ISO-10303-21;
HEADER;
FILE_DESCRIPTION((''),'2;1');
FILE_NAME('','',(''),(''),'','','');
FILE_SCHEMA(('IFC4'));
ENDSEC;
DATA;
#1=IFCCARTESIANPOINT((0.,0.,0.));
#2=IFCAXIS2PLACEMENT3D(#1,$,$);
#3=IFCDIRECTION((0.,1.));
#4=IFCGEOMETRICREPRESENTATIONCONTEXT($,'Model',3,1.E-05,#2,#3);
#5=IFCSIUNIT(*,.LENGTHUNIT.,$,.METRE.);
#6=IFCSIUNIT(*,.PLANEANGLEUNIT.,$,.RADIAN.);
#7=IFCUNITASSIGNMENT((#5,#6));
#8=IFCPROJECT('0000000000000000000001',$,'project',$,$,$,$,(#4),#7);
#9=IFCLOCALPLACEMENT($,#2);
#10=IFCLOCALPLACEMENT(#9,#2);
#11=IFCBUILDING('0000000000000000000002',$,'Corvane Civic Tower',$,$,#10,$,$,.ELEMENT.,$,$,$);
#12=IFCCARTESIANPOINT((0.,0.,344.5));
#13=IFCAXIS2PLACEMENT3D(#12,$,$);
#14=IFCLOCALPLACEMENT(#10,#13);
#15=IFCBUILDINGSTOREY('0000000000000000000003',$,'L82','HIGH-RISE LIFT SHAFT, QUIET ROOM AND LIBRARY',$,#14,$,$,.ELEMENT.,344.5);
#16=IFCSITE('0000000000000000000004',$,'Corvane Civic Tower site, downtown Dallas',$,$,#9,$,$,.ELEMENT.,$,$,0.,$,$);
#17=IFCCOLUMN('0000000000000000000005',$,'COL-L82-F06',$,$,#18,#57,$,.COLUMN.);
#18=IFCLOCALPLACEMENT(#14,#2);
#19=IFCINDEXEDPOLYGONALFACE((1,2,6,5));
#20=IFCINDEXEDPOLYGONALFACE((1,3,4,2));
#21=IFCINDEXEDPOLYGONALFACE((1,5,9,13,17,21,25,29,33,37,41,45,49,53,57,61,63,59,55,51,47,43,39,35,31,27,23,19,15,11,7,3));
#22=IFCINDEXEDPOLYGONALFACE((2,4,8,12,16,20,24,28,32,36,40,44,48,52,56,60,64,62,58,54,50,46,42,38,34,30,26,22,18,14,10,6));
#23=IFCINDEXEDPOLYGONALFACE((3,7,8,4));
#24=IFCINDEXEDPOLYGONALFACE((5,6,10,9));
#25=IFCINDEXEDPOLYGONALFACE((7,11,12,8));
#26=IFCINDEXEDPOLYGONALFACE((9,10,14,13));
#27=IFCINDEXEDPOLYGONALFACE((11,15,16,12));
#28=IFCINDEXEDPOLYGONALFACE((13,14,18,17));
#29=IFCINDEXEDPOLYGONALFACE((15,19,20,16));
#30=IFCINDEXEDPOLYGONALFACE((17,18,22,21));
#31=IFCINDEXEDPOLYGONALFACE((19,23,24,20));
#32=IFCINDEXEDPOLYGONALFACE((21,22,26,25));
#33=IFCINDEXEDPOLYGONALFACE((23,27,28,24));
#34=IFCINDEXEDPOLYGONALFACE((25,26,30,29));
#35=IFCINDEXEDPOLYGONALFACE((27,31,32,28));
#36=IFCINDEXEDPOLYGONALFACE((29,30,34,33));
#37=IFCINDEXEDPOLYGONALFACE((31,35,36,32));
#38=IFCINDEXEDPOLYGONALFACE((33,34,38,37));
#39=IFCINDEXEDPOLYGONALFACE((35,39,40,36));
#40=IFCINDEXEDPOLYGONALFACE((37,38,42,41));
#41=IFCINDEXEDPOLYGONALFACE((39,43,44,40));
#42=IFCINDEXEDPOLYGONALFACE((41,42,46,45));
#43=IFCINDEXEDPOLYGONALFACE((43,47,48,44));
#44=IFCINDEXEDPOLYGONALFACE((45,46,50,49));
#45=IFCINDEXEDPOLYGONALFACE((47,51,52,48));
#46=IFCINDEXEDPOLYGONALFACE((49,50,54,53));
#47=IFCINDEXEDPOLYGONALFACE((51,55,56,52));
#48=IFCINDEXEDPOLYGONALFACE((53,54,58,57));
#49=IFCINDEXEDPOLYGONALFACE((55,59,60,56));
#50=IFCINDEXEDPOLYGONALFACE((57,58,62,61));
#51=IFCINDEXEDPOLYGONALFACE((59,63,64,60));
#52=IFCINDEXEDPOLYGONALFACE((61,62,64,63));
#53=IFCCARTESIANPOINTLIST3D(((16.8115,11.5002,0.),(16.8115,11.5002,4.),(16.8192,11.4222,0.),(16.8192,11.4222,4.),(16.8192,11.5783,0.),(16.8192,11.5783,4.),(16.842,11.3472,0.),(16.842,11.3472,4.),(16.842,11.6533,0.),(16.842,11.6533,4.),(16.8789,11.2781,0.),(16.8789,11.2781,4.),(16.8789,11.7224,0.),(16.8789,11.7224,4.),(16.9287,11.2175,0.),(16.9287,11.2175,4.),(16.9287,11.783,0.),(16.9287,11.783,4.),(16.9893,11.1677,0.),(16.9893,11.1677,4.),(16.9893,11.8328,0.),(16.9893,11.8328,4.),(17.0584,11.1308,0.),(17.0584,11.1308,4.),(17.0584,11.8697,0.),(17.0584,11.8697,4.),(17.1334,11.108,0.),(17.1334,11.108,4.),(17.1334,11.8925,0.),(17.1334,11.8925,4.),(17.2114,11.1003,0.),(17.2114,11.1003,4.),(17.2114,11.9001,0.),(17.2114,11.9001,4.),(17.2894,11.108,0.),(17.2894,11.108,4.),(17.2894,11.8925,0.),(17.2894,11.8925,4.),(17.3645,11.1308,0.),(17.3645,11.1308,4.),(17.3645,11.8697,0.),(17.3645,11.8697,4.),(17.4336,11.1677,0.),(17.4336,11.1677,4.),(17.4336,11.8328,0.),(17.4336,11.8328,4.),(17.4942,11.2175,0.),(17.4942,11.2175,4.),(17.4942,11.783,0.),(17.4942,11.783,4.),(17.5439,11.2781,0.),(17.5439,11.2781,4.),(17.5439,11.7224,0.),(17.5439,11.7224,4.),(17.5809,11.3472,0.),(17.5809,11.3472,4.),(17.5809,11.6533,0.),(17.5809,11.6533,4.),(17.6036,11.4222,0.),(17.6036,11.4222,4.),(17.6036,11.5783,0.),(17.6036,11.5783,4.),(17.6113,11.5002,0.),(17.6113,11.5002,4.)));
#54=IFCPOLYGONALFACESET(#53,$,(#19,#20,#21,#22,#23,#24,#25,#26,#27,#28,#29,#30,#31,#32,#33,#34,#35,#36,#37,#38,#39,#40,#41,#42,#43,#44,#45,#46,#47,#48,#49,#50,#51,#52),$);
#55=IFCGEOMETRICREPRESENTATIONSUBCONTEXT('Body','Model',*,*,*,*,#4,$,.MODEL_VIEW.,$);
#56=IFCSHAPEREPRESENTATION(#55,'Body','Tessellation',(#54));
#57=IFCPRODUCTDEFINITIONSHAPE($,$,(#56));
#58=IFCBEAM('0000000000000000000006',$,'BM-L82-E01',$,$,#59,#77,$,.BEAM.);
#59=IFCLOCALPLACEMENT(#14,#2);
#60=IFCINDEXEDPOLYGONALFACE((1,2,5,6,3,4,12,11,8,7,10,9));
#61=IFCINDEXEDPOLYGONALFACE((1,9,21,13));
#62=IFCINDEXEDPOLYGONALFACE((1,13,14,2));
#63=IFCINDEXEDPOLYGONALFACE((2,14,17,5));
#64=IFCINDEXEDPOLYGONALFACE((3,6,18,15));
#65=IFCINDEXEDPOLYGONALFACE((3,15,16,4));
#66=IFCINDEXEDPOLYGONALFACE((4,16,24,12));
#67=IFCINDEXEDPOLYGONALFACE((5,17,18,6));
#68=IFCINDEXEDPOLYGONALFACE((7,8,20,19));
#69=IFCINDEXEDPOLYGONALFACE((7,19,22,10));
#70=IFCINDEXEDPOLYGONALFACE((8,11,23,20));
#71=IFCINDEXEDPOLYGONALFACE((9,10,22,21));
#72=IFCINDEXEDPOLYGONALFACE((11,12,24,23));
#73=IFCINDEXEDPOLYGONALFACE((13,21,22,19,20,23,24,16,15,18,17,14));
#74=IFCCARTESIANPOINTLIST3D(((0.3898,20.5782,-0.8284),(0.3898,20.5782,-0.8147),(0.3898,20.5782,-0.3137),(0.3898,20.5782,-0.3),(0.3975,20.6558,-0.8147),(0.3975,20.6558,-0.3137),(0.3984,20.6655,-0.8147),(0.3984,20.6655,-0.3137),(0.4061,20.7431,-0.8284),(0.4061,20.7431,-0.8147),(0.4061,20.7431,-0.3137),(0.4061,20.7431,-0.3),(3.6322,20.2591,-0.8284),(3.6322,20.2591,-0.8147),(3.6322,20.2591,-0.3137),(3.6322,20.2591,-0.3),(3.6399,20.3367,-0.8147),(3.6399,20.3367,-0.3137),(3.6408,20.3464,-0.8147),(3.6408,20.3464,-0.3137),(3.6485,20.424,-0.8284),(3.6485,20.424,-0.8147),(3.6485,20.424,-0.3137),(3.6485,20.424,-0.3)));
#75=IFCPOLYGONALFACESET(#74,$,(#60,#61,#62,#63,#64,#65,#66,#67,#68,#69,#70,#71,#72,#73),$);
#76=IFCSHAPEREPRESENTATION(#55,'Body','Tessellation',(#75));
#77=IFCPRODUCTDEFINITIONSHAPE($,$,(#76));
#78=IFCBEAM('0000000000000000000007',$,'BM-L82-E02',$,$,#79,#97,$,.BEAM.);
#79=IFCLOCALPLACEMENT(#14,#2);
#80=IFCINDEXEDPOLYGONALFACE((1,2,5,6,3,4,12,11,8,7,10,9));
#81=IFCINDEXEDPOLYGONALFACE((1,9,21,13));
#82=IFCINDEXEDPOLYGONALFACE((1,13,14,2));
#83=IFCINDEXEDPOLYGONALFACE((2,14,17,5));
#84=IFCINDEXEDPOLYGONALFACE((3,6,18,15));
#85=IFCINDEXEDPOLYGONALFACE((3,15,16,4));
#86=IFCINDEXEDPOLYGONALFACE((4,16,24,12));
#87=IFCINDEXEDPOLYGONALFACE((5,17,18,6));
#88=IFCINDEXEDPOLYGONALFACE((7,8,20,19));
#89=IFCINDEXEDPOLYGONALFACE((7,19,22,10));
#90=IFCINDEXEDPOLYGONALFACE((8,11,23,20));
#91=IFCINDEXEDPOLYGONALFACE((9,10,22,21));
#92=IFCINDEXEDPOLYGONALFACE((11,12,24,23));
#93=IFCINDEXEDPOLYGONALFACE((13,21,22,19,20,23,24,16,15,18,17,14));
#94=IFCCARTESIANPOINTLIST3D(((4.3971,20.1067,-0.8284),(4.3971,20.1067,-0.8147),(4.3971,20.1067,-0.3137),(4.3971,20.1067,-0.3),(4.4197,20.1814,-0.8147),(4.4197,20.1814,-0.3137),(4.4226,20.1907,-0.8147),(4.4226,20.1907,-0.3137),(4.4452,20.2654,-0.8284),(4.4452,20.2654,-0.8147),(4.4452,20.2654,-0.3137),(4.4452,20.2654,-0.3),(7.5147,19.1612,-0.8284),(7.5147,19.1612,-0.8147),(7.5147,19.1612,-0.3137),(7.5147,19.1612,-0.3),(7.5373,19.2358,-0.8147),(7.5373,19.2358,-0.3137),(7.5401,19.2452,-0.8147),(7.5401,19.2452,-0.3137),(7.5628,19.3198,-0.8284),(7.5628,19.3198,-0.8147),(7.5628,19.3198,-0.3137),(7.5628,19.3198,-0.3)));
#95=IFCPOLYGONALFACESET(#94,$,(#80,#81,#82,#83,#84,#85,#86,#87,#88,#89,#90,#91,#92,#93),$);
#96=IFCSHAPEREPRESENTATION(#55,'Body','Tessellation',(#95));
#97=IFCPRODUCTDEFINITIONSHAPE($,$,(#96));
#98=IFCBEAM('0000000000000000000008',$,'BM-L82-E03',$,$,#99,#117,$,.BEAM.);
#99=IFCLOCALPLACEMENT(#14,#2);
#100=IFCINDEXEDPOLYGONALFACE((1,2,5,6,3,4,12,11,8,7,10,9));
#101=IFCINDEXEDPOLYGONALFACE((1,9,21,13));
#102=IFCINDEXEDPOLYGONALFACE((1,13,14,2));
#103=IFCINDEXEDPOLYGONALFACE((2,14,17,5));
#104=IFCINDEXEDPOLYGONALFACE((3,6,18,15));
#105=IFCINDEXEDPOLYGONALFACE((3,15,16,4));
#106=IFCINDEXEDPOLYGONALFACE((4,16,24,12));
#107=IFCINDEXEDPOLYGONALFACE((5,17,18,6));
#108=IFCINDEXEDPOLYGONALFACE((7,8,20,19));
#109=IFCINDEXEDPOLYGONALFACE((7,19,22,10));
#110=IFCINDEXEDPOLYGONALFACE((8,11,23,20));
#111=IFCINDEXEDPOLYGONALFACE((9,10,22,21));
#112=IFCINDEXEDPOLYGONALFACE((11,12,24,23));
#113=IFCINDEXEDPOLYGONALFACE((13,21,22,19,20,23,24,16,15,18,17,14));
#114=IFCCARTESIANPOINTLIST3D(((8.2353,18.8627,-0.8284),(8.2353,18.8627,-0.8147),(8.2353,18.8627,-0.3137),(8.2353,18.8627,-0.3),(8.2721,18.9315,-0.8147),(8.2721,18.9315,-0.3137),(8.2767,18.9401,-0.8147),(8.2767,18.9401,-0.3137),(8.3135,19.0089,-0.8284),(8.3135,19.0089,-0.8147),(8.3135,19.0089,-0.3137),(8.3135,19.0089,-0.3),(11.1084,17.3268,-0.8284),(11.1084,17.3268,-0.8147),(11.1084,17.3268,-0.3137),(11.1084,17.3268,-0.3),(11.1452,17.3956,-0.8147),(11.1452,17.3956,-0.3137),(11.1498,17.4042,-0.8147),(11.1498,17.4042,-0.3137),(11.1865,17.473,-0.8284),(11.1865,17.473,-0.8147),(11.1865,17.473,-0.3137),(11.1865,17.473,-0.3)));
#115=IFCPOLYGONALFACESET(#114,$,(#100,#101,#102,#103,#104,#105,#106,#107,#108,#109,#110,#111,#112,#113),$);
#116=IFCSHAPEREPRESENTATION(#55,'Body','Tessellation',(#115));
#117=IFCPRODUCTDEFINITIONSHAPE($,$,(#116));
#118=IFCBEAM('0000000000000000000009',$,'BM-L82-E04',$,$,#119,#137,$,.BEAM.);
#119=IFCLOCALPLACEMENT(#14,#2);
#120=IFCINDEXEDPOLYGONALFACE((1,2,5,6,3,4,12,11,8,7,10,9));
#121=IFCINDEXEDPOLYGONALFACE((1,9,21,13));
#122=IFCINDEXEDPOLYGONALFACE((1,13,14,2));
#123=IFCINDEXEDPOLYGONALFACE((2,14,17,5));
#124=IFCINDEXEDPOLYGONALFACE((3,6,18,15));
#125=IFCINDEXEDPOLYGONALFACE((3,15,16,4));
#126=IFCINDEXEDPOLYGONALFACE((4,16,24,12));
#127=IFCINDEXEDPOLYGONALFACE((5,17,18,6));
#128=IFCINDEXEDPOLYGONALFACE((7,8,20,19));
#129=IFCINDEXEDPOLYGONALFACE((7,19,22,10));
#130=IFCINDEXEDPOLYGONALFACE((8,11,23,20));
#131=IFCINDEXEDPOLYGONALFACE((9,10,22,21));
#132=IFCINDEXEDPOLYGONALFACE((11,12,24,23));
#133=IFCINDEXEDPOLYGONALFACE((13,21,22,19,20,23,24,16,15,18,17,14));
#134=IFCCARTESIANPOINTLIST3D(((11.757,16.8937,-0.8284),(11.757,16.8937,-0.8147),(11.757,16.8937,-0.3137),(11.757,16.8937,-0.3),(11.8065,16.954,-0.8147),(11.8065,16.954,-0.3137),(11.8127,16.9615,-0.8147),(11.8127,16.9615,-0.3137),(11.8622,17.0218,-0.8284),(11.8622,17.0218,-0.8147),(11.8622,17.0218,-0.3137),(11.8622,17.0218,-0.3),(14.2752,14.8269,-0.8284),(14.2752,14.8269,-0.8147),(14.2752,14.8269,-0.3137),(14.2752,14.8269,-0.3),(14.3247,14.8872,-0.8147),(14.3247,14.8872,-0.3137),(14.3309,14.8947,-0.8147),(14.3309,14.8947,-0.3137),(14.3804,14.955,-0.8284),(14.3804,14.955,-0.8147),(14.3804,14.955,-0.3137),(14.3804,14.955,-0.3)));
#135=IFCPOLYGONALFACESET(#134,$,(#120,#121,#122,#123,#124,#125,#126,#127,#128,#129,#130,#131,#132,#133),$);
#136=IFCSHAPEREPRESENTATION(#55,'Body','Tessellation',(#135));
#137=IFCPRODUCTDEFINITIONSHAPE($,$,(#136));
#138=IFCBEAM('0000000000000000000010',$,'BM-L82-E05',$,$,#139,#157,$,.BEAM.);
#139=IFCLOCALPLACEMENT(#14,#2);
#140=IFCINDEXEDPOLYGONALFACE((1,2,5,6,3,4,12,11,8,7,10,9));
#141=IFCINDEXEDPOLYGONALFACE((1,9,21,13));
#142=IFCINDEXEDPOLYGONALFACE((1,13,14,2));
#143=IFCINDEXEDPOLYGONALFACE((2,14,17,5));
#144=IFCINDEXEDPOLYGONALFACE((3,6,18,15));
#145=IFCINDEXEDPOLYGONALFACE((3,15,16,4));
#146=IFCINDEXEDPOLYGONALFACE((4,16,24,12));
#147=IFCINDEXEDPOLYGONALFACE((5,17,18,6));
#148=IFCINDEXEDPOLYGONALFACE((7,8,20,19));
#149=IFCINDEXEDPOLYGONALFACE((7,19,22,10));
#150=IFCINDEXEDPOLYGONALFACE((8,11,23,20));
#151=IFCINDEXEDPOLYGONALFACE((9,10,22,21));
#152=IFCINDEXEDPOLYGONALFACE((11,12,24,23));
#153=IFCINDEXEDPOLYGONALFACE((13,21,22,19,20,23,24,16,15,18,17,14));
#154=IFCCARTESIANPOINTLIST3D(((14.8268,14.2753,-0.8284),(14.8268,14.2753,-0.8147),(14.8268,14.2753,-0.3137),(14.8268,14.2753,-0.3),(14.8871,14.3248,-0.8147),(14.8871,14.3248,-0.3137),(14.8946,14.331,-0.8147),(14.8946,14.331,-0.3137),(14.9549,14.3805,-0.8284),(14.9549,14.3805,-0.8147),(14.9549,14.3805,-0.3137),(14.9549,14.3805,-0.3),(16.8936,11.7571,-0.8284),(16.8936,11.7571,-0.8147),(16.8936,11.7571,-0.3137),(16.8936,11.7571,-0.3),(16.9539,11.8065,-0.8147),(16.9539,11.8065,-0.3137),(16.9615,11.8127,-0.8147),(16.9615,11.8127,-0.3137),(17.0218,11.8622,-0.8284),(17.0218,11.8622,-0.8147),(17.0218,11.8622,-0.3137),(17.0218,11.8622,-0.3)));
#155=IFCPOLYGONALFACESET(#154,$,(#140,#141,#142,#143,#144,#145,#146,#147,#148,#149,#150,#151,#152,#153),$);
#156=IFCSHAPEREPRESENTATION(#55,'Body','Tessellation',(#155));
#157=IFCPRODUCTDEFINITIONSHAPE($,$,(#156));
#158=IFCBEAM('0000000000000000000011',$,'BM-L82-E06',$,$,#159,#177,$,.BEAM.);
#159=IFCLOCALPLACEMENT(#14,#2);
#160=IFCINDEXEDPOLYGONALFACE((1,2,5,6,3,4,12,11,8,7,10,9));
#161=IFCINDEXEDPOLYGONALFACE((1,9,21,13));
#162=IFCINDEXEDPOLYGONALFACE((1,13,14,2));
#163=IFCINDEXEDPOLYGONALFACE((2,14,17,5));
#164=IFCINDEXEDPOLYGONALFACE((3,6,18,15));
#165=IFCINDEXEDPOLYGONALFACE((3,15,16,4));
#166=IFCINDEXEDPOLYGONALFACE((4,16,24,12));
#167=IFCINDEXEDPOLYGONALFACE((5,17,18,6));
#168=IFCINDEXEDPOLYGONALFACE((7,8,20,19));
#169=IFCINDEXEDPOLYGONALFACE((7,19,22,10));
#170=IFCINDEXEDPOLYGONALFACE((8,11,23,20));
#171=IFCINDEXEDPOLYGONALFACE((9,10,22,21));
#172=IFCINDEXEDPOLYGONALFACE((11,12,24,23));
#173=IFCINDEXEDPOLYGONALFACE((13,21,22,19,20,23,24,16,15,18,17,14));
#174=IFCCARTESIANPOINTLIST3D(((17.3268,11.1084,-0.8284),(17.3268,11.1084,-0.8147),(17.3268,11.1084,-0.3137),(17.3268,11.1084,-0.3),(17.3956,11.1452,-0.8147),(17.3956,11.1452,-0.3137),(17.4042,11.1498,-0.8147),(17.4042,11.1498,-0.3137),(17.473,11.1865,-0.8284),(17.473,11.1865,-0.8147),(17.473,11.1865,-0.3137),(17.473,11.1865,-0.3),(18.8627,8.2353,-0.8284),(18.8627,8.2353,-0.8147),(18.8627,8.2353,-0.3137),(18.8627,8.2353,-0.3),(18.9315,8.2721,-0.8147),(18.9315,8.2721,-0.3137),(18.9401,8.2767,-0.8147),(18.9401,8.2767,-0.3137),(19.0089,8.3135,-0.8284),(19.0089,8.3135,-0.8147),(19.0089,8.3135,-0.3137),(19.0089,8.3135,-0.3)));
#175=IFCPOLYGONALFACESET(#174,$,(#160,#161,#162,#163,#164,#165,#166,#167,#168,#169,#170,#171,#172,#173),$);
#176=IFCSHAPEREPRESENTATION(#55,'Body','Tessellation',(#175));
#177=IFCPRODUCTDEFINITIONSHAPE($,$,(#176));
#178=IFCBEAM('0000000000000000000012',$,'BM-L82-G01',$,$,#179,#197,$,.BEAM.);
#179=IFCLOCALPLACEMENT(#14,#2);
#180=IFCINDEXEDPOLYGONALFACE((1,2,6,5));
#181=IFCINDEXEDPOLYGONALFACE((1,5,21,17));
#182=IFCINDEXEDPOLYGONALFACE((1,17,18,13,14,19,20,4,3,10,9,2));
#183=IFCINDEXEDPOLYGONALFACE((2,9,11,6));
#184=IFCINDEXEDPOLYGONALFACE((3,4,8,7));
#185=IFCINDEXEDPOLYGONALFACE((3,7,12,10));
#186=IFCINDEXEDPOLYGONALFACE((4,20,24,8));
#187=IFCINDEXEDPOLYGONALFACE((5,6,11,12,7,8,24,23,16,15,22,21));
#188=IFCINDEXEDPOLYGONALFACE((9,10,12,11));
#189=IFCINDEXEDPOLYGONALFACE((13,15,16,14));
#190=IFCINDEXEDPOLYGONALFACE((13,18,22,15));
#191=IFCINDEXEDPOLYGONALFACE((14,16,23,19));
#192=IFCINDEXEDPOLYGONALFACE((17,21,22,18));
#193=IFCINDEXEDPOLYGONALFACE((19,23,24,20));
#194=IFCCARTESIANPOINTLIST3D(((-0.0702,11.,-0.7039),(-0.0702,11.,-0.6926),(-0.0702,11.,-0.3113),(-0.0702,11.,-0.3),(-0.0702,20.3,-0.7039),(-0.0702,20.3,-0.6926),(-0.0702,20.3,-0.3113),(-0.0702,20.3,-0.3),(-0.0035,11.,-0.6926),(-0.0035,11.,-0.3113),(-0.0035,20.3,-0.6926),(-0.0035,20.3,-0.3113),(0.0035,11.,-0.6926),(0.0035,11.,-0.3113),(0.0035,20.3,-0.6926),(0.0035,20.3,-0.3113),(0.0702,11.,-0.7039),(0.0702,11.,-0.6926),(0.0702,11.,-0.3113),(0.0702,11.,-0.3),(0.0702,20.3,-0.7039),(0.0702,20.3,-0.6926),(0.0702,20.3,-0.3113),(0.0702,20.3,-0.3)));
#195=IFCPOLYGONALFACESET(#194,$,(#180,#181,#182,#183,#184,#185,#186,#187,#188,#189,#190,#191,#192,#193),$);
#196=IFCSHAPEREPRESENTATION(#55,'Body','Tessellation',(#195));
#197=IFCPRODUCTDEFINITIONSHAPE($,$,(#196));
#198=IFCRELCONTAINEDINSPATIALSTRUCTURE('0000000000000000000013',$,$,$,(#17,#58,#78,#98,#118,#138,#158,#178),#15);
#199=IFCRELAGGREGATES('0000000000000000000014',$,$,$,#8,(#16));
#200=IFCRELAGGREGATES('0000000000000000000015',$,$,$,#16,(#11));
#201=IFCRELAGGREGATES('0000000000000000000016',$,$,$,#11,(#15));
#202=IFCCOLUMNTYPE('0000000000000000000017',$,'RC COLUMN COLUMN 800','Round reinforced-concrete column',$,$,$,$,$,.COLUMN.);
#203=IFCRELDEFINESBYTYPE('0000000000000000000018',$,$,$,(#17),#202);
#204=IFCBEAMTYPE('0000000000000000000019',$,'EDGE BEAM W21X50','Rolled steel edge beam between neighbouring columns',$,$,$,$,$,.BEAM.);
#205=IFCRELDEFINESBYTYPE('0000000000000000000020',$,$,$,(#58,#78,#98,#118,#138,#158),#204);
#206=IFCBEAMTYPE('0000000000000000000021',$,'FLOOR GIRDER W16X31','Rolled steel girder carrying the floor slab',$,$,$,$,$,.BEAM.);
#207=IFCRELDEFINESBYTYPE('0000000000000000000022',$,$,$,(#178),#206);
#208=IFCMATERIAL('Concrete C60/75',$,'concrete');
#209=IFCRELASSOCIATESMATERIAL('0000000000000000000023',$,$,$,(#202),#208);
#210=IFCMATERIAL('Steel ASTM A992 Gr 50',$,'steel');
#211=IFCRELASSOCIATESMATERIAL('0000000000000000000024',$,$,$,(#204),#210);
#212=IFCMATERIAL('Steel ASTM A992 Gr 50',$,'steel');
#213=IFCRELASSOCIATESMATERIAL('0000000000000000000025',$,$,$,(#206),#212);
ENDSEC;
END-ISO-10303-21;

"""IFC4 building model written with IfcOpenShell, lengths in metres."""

from ifc_helpers import new_model, si_unit, direction, frame, origin, origin_2d, place, context, subcontext, project, spatial, circle, i_section, extrude, material, material_profile, profile_set, type_object, element, save


model = new_model("IFC4")

# Units and contexts
model_context = context("Model", 3, precision=1e-05, world=origin(), true_north=direction((0.0, 1.0)))
body_context = subcontext(model_context, "Body", "Model", "MODEL_VIEW")
ifc_project = project(units=[si_unit("LENGTHUNIT", "METRE"), si_unit("PLANEANGLEUNIT", "RADIAN")], contexts=[model_context])

# Site, building, storey
site_placement = place(None, origin())
site = spatial("IfcSite", under=ifc_project, at=site_placement, Name="Corvane Civic Tower site, downtown Dallas", CompositionType="ELEMENT", RefElevation=0.0)
building_placement = place(site_placement, origin())
building = spatial("IfcBuilding", under=site, at=building_placement, Name="Corvane Civic Tower", CompositionType="ELEMENT")
storey_placement = place(building_placement, frame((0.0, 0.0, 344.5)))
storey = spatial("IfcBuildingStorey", under=building, at=storey_placement, Name="L82", Description="HIGH-RISE LIFT SHAFT, QUIET ROOM AND LIBRARY", CompositionType="ELEMENT", Elevation=344.5)

# Column
ifc_material_1 = material(Name="Concrete C60/75", Category="concrete")
ifc_material_profile_1 = material_profile(ifc_material_1, circle(Radius=0.3999, at=origin_2d()), Name="COLUMN 800")
ifc_profile_set_1 = profile_set([ifc_material_profile_1], Name="Concrete C60/75")
column_type = type_object("IfcColumnType", Name="RC COLUMN COLUMN 800", Description="Round reinforced-concrete column", PredefinedType="COLUMN", material=ifc_profile_set_1)
for number, where, z_axis, x_axis, name in (
    (1, (17.2114, 11.5002, 0.0), (0.0, 0.0, 1.0), (1.0, 0.0, 0.0), "COL-L82-F06"),
):
    element("IfcColumn", number, at=place(storey_placement, frame(where, z_axis=z_axis, x_axis=x_axis)), inside=storey, type_object=column_type, Name=name, PredefinedType="COLUMN", context=body_context, shape_type="SweptSolid", body=[
        extrude(circle(Radius=0.3999, at=origin_2d()), origin(), (0.0, 0.0, 1.0), 4.0),
    ])

# Beams
ifc_material_2 = material(Name="Steel ASTM A992 Gr 50", Category="steel")
ifc_material_profile_2 = material_profile(ifc_material_2, i_section(OverallWidth=0.1658, OverallDepth=0.5283, WebThickness=0.0098, FlangeThickness=0.0137, at=origin_2d()), Name="W21X50")
ifc_profile_set_2 = profile_set([ifc_material_profile_2], Name="Steel ASTM A992 Gr 50")
beam_type_1 = type_object("IfcBeamType", Name="EDGE BEAM W21X50", Description="Rolled steel edge beam between neighbouring columns", PredefinedType="BEAM", material=ifc_profile_set_2)
beam_1_placement = place(storey_placement, frame((0.3979, 20.6606, -0.5642), z_axis=(0.995193, -0.097938, 0.0), x_axis=(0.097938, 0.995193, 0.0)))
element("IfcBeam", 2, at=beam_1_placement, inside=storey, type_object=beam_type_1, Name="BM-L82-E01", PredefinedType="BEAM", context=body_context, shape_type="SweptSolid", body=[
    extrude(i_section(OverallWidth=0.1658, OverallDepth=0.5283, WebThickness=0.0098, FlangeThickness=0.0137, at=origin_2d()), origin(), (0.0, 0.0, 1.0), 3.2581),
])
for number, where, z_axis, x_axis, name in (
    (3, (4.4211, 20.186, -0.5642), (0.956956, -0.290234, 0.0), (0.290234, 0.956956, 0.0), "BM-L82-E02"),
    (4, (8.2744, 18.9358, -0.5642), (0.881894, -0.471448, 0.0), (0.471448, 0.881894, 0.0), "BM-L82-E03"),
    (5, (11.8096, 16.9578, -0.5642), (0.772985, -0.634425, 0.0), (0.634425, 0.772985, 0.0), "BM-L82-E04"),
    (6, (14.8909, 14.3279, -0.5642), (0.634425, -0.772985, 0.0), (0.772985, 0.634425, 0.0), "BM-L82-E05"),
    (7, (17.3999, 11.1475, -0.5642), (0.471448, -0.881894, 0.0), (0.881894, 0.471448, 0.0), "BM-L82-E06"),
):
    element("IfcBeam", number, at=place(storey_placement, frame(where, z_axis=z_axis, x_axis=x_axis)), inside=storey, type_object=beam_type_1, Name=name, PredefinedType="BEAM", context=body_context, shape_type="SweptSolid", body=[
        extrude(i_section(OverallWidth=0.1658, OverallDepth=0.5283, WebThickness=0.0098, FlangeThickness=0.0137, at=origin_2d()), origin(), (0.0, 0.0, 1.0), 3.2578),
    ])
ifc_material_3 = material(Name="Steel ASTM A992 Gr 50", Category="steel")
ifc_material_profile_3 = material_profile(ifc_material_3, i_section(OverallWidth=0.1404, OverallDepth=0.4038, WebThickness=0.0071, FlangeThickness=0.0112, at=origin_2d()), Name="W16X31")
ifc_profile_set_3 = profile_set([ifc_material_profile_3], Name="Steel ASTM A992 Gr 50")
beam_type_2 = type_object("IfcBeamType", Name="FLOOR GIRDER W16X31", Description="Rolled steel girder carrying the floor slab", PredefinedType="BEAM", material=ifc_profile_set_3)
beam_2_placement = place(storey_placement, frame((0.0, 11.0, -0.502), z_axis=(0.0, 1.0, 0.0), x_axis=(-1.0, 0.0, 0.0)))
element("IfcBeam", 8, at=beam_2_placement, inside=storey, type_object=beam_type_2, Name="BM-L82-G01", PredefinedType="BEAM", context=body_context, shape_type="SweptSolid", body=[
    extrude(i_section(OverallWidth=0.1404, OverallDepth=0.4038, WebThickness=0.0071, FlangeThickness=0.0112, at=origin_2d()), origin(), (0.0, 0.0, 1.0), 9.3),
])

save(model, "model.ifc")
